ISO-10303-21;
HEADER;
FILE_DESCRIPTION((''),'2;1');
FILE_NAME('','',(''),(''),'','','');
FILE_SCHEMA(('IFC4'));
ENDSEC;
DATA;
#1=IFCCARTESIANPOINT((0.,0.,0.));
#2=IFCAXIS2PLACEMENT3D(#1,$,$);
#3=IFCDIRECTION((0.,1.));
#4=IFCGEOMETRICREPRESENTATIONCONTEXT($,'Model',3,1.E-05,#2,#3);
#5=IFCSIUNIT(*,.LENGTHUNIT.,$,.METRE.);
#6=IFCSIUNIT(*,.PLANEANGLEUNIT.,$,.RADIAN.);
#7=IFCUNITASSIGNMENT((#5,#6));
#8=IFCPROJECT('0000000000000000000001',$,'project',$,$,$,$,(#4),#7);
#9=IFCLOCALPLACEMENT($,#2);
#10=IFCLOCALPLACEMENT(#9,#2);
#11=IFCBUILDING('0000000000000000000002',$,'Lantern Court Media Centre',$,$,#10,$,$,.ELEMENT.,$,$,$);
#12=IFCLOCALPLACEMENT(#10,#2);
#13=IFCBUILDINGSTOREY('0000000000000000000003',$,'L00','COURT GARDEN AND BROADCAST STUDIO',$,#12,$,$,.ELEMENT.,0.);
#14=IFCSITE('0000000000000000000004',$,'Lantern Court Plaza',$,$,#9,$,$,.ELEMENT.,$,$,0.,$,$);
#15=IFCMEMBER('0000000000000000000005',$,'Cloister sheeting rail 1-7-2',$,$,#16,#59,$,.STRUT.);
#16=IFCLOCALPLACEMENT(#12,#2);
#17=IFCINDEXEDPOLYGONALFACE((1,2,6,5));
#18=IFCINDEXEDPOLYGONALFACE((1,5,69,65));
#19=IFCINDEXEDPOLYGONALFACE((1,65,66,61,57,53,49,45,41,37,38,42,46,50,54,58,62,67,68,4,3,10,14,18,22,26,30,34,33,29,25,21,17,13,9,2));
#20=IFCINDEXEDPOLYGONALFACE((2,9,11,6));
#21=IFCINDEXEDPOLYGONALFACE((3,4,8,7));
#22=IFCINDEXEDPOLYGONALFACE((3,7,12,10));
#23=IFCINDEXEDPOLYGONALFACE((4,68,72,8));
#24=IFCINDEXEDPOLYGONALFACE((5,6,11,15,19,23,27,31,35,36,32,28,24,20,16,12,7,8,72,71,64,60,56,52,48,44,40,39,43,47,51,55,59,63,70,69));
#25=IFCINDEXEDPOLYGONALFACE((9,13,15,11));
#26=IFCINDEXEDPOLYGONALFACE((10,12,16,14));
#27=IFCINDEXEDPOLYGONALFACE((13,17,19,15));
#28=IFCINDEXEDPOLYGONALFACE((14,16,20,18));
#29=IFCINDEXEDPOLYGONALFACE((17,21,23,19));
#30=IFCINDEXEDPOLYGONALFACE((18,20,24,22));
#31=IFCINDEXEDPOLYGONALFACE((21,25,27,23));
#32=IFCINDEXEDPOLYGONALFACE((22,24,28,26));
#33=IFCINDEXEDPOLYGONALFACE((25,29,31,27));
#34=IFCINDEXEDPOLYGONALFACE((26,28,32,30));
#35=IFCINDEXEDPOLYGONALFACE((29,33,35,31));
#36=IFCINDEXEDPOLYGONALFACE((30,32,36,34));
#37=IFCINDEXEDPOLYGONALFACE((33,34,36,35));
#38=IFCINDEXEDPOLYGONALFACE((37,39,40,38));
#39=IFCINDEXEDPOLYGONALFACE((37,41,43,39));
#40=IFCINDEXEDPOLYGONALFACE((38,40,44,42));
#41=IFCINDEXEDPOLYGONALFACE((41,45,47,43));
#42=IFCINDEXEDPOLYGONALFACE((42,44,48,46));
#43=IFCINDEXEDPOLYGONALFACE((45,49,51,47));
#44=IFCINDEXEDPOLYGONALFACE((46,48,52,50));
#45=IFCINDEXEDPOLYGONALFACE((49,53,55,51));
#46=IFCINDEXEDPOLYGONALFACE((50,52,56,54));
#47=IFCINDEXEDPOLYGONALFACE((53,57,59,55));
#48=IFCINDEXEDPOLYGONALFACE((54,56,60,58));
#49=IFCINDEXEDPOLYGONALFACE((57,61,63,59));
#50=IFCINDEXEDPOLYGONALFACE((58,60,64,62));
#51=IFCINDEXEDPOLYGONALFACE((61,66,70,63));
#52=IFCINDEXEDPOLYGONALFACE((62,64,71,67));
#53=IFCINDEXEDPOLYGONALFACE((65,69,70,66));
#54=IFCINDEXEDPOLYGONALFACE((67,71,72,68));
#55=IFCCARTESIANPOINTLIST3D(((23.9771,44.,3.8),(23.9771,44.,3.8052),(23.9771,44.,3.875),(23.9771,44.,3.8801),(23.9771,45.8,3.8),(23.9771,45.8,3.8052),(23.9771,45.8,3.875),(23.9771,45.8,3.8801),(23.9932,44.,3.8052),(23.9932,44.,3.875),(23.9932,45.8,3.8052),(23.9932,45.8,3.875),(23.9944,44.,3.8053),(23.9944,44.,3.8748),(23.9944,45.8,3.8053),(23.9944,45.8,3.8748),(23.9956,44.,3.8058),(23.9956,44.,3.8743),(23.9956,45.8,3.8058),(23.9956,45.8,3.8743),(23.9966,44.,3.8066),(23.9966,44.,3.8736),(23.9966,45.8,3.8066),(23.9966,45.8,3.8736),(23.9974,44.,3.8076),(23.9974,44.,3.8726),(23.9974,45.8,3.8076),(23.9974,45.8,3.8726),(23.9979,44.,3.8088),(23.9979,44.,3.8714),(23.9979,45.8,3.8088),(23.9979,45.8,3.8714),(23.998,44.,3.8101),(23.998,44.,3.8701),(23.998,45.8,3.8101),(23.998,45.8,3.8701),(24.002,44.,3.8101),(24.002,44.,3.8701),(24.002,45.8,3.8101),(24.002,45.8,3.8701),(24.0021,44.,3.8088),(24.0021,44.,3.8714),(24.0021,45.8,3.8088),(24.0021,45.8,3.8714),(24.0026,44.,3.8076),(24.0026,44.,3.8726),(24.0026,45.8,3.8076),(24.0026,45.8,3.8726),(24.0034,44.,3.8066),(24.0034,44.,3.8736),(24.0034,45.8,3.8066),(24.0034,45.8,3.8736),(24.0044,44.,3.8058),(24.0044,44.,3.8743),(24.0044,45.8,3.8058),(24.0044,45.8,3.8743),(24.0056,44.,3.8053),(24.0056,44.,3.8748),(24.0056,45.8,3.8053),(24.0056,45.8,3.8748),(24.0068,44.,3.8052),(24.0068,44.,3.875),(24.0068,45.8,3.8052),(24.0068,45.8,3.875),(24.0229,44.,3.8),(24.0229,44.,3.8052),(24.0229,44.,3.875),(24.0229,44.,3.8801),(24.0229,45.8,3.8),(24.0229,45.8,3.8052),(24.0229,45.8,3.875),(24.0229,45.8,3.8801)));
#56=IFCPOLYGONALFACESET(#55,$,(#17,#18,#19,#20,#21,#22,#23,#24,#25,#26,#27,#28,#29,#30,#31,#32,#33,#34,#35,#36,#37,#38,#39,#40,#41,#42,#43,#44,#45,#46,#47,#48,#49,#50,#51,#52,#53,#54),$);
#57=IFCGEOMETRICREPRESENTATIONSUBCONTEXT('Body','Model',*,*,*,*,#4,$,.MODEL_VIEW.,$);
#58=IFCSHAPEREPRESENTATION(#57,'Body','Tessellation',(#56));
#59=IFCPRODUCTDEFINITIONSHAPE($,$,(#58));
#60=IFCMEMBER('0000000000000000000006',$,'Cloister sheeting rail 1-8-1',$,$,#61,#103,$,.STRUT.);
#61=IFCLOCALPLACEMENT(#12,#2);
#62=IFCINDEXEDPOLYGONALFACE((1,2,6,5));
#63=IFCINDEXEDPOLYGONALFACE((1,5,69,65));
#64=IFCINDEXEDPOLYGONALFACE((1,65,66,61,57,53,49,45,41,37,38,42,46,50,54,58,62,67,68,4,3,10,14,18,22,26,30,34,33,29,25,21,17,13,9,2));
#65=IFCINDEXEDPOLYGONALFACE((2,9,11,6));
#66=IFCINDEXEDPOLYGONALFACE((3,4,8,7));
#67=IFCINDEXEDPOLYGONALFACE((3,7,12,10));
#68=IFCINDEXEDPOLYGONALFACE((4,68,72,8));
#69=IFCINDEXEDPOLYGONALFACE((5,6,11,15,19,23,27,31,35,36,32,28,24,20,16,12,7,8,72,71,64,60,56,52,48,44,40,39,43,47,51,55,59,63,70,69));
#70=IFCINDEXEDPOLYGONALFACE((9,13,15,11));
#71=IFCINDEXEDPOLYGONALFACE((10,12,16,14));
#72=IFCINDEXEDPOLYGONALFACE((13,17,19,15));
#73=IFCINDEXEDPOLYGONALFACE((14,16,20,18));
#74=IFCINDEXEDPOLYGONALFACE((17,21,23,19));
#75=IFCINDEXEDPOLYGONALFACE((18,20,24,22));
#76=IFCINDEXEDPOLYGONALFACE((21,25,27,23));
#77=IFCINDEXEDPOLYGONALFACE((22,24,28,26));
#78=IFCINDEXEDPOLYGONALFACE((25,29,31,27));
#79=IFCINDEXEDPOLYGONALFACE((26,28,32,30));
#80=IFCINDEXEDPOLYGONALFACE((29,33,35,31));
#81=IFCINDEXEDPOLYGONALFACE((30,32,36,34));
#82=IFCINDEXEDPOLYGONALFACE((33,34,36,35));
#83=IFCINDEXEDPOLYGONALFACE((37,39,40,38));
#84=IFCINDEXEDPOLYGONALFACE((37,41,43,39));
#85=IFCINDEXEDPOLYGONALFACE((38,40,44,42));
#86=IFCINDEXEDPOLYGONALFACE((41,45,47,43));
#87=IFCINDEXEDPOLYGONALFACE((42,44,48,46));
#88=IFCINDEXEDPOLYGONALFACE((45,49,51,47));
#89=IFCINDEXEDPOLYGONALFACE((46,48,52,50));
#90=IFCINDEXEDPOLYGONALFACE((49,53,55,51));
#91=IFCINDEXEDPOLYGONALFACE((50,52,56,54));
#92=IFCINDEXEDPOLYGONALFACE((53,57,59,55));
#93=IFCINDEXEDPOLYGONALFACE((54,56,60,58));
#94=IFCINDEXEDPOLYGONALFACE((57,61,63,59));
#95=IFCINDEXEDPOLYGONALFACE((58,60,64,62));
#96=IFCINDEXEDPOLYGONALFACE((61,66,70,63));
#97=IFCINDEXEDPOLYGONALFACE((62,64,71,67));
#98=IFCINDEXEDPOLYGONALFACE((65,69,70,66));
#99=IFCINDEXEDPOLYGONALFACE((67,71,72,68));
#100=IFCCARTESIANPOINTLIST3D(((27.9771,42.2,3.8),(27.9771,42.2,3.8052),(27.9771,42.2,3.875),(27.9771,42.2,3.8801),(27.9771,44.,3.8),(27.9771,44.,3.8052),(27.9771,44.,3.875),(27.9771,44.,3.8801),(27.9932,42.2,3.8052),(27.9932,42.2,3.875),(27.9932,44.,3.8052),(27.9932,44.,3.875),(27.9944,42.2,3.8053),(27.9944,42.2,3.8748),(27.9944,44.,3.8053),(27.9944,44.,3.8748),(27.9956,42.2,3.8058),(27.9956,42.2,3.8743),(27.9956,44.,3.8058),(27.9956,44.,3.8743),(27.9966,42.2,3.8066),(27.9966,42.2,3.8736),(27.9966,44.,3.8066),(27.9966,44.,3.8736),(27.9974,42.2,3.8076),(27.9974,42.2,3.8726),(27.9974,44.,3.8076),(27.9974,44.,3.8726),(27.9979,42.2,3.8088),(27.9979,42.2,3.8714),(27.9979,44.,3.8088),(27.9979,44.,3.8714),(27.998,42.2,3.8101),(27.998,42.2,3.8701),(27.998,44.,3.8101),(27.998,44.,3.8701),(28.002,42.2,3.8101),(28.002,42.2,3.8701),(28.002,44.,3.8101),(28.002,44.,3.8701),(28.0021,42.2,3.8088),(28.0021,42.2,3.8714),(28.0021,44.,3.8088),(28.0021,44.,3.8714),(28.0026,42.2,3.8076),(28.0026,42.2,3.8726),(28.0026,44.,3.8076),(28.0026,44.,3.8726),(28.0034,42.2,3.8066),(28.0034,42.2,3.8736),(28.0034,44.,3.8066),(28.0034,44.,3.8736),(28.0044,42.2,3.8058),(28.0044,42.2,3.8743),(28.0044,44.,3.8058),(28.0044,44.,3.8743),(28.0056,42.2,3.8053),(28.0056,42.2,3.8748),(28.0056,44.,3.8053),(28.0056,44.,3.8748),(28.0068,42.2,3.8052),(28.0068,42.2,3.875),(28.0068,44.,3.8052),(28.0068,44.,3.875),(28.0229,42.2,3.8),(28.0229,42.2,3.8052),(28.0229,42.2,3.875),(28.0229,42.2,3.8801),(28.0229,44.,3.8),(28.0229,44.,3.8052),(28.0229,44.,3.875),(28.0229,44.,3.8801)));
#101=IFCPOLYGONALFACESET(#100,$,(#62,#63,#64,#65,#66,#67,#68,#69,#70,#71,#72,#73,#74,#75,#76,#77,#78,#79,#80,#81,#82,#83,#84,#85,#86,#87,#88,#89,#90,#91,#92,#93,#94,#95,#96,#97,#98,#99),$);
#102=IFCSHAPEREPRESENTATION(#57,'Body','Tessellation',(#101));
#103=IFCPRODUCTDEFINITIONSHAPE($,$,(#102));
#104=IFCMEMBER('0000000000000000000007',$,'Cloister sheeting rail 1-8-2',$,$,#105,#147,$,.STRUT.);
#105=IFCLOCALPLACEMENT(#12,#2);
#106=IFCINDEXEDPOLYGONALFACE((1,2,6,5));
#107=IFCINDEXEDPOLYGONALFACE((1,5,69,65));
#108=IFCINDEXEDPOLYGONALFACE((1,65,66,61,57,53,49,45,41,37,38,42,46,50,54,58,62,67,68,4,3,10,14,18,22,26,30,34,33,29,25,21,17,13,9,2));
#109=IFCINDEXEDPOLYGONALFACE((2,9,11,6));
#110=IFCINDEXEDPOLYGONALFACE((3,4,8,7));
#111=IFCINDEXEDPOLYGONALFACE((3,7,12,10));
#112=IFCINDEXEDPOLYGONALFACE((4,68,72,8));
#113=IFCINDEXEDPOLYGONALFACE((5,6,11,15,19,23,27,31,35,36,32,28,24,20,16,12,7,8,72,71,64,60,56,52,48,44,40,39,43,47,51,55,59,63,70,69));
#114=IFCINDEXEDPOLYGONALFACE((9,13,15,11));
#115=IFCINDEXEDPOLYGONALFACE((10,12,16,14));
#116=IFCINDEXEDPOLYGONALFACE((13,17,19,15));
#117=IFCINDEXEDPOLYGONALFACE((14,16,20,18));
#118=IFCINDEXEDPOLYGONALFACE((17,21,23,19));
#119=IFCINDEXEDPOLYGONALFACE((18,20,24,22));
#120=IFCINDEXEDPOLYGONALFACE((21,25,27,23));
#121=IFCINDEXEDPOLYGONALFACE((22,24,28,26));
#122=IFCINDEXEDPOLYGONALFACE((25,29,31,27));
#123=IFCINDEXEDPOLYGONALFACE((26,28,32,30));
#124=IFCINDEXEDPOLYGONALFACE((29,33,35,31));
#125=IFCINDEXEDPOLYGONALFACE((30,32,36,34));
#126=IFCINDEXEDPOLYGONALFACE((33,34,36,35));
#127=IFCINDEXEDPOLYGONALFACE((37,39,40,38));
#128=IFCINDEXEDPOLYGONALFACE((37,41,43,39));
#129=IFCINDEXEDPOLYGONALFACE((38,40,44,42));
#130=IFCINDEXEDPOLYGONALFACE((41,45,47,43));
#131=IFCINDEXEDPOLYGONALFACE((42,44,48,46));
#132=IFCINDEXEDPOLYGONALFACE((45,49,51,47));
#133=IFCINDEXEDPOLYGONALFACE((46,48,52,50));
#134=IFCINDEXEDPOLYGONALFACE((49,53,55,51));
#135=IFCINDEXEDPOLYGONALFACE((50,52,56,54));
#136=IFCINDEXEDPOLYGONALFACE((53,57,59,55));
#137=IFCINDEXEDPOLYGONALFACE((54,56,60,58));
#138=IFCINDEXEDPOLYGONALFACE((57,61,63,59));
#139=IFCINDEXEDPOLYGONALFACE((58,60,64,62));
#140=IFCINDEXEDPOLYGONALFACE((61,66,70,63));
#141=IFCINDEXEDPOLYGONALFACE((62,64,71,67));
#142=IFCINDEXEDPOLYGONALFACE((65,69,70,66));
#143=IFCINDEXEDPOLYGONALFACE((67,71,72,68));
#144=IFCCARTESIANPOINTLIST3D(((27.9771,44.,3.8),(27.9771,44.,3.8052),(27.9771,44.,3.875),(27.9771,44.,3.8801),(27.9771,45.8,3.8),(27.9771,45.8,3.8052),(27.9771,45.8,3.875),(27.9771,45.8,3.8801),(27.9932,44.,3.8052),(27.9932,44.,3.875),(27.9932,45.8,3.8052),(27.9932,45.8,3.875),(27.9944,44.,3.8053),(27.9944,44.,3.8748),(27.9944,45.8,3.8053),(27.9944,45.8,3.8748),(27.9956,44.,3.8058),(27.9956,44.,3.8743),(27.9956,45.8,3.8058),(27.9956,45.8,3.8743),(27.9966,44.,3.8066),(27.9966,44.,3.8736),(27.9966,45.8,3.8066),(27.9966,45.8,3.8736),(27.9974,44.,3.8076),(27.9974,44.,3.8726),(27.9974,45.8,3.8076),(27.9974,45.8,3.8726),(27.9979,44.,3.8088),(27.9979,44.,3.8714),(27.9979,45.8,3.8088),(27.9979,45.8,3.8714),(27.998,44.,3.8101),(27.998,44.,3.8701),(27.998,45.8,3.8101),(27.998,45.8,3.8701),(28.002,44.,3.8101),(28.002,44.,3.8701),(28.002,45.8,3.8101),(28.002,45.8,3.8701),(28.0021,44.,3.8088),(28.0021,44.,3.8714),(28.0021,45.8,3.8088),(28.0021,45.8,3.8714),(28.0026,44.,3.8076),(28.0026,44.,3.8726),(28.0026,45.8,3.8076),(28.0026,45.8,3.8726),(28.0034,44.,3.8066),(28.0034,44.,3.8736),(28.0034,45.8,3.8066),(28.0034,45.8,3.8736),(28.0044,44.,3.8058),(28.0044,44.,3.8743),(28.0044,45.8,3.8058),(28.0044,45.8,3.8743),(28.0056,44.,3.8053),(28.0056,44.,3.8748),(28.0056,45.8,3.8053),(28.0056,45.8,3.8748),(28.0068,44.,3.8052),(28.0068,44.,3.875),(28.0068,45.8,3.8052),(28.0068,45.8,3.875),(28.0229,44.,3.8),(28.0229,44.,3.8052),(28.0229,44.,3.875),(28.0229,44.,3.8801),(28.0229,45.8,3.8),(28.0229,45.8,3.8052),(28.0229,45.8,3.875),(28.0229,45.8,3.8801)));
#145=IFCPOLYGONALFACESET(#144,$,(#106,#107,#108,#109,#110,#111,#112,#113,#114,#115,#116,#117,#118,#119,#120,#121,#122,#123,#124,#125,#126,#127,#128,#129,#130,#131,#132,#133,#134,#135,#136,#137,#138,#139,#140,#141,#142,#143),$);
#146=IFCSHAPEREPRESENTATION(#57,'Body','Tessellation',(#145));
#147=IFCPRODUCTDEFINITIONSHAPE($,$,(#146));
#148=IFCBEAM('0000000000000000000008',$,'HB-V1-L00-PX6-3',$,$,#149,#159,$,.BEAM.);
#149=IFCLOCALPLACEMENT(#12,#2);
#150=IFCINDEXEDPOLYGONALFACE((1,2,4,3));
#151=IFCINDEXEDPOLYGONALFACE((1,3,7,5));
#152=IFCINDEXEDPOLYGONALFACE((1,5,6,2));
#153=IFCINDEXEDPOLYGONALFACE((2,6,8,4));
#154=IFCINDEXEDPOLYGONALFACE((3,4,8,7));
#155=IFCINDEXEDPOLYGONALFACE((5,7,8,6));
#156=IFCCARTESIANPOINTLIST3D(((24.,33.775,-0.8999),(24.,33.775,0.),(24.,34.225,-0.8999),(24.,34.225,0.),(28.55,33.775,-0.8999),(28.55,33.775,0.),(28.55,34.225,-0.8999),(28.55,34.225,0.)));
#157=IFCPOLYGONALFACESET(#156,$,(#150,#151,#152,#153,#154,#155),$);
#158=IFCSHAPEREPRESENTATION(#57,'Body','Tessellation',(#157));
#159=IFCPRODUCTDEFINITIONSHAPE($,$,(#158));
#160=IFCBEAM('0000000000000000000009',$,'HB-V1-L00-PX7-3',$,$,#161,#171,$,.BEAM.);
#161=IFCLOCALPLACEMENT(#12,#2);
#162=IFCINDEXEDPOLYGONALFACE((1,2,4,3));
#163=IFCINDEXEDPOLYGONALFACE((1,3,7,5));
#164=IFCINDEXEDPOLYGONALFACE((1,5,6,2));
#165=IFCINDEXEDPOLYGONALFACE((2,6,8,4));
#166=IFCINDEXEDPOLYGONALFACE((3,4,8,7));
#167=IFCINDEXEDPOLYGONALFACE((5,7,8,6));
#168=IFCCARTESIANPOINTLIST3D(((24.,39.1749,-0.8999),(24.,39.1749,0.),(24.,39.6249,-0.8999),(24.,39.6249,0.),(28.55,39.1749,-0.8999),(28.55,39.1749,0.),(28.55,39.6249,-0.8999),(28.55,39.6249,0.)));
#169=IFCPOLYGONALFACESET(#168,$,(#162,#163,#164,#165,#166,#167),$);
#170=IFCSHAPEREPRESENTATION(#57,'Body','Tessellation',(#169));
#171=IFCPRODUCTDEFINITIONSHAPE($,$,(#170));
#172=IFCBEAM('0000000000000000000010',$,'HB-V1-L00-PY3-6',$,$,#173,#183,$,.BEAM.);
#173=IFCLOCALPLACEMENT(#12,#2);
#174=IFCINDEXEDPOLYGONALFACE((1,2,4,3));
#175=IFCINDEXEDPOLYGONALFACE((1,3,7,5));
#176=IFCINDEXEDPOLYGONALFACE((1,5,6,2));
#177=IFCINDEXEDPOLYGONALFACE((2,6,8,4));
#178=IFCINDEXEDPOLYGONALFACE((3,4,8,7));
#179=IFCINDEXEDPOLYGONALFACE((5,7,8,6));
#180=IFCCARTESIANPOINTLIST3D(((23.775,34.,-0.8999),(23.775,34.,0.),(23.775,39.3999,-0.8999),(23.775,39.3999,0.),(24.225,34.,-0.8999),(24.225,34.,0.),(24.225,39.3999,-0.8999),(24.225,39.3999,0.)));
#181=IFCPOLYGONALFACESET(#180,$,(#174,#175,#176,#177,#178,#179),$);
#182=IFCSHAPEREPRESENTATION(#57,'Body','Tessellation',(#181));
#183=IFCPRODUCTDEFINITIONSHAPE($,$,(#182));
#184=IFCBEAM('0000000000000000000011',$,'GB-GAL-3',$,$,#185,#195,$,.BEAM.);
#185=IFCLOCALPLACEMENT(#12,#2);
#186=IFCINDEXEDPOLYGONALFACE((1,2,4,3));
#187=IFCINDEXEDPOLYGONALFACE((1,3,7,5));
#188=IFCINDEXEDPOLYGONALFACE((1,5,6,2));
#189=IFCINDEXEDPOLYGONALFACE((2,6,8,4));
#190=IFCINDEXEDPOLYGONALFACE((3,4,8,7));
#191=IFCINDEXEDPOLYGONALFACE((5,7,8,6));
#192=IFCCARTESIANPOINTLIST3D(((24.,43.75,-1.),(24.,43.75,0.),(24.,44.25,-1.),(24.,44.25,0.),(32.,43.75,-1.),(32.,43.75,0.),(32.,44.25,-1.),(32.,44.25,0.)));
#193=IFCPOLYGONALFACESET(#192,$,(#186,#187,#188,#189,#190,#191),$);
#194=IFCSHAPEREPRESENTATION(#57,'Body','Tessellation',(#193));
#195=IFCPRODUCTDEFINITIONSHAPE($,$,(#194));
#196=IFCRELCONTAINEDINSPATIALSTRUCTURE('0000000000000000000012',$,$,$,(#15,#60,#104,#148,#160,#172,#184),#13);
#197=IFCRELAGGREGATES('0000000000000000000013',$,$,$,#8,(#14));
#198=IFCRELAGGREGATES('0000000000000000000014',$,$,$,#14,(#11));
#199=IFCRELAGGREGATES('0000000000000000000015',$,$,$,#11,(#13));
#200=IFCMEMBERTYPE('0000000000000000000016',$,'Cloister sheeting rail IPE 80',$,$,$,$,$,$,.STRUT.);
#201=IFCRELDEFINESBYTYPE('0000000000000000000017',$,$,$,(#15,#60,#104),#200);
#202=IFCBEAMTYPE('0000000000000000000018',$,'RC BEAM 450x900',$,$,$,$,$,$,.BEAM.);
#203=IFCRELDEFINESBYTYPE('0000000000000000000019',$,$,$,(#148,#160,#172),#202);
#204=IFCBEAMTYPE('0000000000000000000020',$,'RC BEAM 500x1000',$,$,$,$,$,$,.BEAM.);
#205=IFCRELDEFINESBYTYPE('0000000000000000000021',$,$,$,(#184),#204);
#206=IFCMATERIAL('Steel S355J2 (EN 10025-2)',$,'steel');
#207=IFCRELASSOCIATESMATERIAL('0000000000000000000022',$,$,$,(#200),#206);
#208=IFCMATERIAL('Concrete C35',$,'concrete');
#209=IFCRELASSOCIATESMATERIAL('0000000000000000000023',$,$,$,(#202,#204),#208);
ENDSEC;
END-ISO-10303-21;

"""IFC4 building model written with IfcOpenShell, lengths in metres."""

from ifc_helpers import new_model, si_unit, direction, frame, origin, origin_2d, place, context, subcontext, project, spatial, rectangle, i_section, extrude, material, material_profile, profile_set, type_object, element, save


model = new_model("IFC4")

# Units and contexts
model_context = context("Model", 3, precision=1e-05, world=origin(), true_north=direction((0.0, 1.0)))
body_context = subcontext(model_context, "Body", "Model", "MODEL_VIEW")
ifc_project = project(units=[si_unit("LENGTHUNIT", "METRE"), si_unit("PLANEANGLEUNIT", "RADIAN")], contexts=[model_context])

# Site, building, storey
site_placement = place(None, origin())
site = spatial("IfcSite", under=ifc_project, at=site_placement, Name="Lantern Court Plaza", CompositionType="ELEMENT", RefElevation=0.0)
building_placement = place(site_placement, origin())
building = spatial("IfcBuilding", under=site, at=building_placement, Name="Lantern Court Media Centre", CompositionType="ELEMENT")
storey_placement = place(building_placement, origin())
storey = spatial("IfcBuildingStorey", under=building, at=storey_placement, Name="L00", Description="COURT GARDEN AND BROADCAST STUDIO", CompositionType="ELEMENT", Elevation=0.0)

# Shared definitions
ifc_material_1 = material(Name="Steel S355J2 (EN 10025-2)", Category="steel")

# Members
ifc_material_profile_1 = material_profile(ifc_material_1, i_section(OverallWidth=0.0459, OverallDepth=0.0801, WebThickness=0.0039, FlangeThickness=0.0051, FilletRadius=0.0049, at=origin_2d()), Name="IPE 80")
ifc_profile_set_1 = profile_set([ifc_material_profile_1], Name="Steel S355J2 (EN 10025-2)")
member_type_1 = type_object("IfcMemberType", Name="Cloister sheeting rail IPE 80", PredefinedType="STRUT", material=ifc_profile_set_1)
for number, where, z_axis, x_axis, name in (
    (1, (24.0, 44.0, 3.8401), (0.0, 1.0, 0.0), (-1.0, 0.0, 0.0), "Cloister sheeting rail 1-7-2"),
    (2, (28.0, 42.2, 3.8401), (0.0, 1.0, 0.0), (-1.0, 0.0, 0.0), "Cloister sheeting rail 1-8-1"),
    (3, (28.0, 44.0, 3.8401), (0.0, 1.0, 0.0), (-1.0, 0.0, 0.0), "Cloister sheeting rail 1-8-2"),
):
    element("IfcMember", number, at=place(storey_placement, frame(where, z_axis=z_axis, x_axis=x_axis)), inside=storey, type_object=member_type_1, Name=name, PredefinedType="STRUT", context=body_context, shape_type="SweptSolid", body=[
        extrude(i_section(OverallWidth=0.0459, OverallDepth=0.0801, WebThickness=0.0039, FlangeThickness=0.0051, FilletRadius=0.0049, at=origin_2d()), origin(), (0.0, 0.0, 1.0), 1.8),
    ])

# Beams
ifc_material_2 = material(Name="Concrete C35", Category="concrete")
ifc_material_profile_2 = material_profile(ifc_material_2, rectangle(XDim=0.45, YDim=0.8999, at=origin_2d()), Name="RC 450x900")
ifc_profile_set_2 = profile_set([ifc_material_profile_2], Name="Concrete C35")
beam_type_1 = type_object("IfcBeamType", Name="RC BEAM 450x900", PredefinedType="BEAM", material=ifc_profile_set_2)
for number, where, z_axis, x_axis, name in (
    (4, (24.0, 34.0, -0.45), (1.0, 0.0, 0.0), (0.0, 1.0, 0.0), "HB-V1-L00-PX6-3"),
    (5, (24.0, 39.3999, -0.45), (1.0, 0.0, 0.0), (0.0, 1.0, 0.0), "HB-V1-L00-PX7-3"),
):
    element("IfcBeam", number, at=place(storey_placement, frame(where, z_axis=z_axis, x_axis=x_axis)), inside=storey, type_object=beam_type_1, Name=name, PredefinedType="BEAM", context=body_context, shape_type="SweptSolid", body=[
        extrude(rectangle(XDim=0.45, YDim=0.8999, at=origin_2d()), origin(), (0.0, 0.0, 1.0), 4.55),
    ])
beam_1_placement = place(storey_placement, frame((24.0, 34.0, -0.45), z_axis=(0.0, 1.0, 0.0), x_axis=(-1.0, 0.0, 0.0)))
element("IfcBeam", 6, at=beam_1_placement, inside=storey, type_object=beam_type_1, Name="HB-V1-L00-PY3-6", PredefinedType="BEAM", context=body_context, shape_type="SweptSolid", body=[
    extrude(rectangle(XDim=0.45, YDim=0.8999, at=origin_2d()), origin(), (0.0, 0.0, 1.0), 5.3999),
])
ifc_material_profile_3 = material_profile(ifc_material_2, rectangle(XDim=0.5, YDim=1.0, at=origin_2d()), Name="RC 500x1000")
ifc_profile_set_3 = profile_set([ifc_material_profile_3], Name="Concrete C35")
beam_type_2 = type_object("IfcBeamType", Name="RC BEAM 500x1000", PredefinedType="BEAM", material=ifc_profile_set_3)
beam_2_placement = place(storey_placement, frame((24.0, 44.0, -0.5), z_axis=(1.0, 0.0, 0.0), x_axis=(0.0, 1.0, 0.0)))
element("IfcBeam", 7, at=beam_2_placement, inside=storey, type_object=beam_type_2, Name="GB-GAL-3", PredefinedType="BEAM", context=body_context, shape_type="SweptSolid", body=[
    extrude(rectangle(XDim=0.5, YDim=1.0, at=origin_2d()), origin(), (0.0, 0.0, 1.0), 8.0),
])

save(model, "model.ifc")
